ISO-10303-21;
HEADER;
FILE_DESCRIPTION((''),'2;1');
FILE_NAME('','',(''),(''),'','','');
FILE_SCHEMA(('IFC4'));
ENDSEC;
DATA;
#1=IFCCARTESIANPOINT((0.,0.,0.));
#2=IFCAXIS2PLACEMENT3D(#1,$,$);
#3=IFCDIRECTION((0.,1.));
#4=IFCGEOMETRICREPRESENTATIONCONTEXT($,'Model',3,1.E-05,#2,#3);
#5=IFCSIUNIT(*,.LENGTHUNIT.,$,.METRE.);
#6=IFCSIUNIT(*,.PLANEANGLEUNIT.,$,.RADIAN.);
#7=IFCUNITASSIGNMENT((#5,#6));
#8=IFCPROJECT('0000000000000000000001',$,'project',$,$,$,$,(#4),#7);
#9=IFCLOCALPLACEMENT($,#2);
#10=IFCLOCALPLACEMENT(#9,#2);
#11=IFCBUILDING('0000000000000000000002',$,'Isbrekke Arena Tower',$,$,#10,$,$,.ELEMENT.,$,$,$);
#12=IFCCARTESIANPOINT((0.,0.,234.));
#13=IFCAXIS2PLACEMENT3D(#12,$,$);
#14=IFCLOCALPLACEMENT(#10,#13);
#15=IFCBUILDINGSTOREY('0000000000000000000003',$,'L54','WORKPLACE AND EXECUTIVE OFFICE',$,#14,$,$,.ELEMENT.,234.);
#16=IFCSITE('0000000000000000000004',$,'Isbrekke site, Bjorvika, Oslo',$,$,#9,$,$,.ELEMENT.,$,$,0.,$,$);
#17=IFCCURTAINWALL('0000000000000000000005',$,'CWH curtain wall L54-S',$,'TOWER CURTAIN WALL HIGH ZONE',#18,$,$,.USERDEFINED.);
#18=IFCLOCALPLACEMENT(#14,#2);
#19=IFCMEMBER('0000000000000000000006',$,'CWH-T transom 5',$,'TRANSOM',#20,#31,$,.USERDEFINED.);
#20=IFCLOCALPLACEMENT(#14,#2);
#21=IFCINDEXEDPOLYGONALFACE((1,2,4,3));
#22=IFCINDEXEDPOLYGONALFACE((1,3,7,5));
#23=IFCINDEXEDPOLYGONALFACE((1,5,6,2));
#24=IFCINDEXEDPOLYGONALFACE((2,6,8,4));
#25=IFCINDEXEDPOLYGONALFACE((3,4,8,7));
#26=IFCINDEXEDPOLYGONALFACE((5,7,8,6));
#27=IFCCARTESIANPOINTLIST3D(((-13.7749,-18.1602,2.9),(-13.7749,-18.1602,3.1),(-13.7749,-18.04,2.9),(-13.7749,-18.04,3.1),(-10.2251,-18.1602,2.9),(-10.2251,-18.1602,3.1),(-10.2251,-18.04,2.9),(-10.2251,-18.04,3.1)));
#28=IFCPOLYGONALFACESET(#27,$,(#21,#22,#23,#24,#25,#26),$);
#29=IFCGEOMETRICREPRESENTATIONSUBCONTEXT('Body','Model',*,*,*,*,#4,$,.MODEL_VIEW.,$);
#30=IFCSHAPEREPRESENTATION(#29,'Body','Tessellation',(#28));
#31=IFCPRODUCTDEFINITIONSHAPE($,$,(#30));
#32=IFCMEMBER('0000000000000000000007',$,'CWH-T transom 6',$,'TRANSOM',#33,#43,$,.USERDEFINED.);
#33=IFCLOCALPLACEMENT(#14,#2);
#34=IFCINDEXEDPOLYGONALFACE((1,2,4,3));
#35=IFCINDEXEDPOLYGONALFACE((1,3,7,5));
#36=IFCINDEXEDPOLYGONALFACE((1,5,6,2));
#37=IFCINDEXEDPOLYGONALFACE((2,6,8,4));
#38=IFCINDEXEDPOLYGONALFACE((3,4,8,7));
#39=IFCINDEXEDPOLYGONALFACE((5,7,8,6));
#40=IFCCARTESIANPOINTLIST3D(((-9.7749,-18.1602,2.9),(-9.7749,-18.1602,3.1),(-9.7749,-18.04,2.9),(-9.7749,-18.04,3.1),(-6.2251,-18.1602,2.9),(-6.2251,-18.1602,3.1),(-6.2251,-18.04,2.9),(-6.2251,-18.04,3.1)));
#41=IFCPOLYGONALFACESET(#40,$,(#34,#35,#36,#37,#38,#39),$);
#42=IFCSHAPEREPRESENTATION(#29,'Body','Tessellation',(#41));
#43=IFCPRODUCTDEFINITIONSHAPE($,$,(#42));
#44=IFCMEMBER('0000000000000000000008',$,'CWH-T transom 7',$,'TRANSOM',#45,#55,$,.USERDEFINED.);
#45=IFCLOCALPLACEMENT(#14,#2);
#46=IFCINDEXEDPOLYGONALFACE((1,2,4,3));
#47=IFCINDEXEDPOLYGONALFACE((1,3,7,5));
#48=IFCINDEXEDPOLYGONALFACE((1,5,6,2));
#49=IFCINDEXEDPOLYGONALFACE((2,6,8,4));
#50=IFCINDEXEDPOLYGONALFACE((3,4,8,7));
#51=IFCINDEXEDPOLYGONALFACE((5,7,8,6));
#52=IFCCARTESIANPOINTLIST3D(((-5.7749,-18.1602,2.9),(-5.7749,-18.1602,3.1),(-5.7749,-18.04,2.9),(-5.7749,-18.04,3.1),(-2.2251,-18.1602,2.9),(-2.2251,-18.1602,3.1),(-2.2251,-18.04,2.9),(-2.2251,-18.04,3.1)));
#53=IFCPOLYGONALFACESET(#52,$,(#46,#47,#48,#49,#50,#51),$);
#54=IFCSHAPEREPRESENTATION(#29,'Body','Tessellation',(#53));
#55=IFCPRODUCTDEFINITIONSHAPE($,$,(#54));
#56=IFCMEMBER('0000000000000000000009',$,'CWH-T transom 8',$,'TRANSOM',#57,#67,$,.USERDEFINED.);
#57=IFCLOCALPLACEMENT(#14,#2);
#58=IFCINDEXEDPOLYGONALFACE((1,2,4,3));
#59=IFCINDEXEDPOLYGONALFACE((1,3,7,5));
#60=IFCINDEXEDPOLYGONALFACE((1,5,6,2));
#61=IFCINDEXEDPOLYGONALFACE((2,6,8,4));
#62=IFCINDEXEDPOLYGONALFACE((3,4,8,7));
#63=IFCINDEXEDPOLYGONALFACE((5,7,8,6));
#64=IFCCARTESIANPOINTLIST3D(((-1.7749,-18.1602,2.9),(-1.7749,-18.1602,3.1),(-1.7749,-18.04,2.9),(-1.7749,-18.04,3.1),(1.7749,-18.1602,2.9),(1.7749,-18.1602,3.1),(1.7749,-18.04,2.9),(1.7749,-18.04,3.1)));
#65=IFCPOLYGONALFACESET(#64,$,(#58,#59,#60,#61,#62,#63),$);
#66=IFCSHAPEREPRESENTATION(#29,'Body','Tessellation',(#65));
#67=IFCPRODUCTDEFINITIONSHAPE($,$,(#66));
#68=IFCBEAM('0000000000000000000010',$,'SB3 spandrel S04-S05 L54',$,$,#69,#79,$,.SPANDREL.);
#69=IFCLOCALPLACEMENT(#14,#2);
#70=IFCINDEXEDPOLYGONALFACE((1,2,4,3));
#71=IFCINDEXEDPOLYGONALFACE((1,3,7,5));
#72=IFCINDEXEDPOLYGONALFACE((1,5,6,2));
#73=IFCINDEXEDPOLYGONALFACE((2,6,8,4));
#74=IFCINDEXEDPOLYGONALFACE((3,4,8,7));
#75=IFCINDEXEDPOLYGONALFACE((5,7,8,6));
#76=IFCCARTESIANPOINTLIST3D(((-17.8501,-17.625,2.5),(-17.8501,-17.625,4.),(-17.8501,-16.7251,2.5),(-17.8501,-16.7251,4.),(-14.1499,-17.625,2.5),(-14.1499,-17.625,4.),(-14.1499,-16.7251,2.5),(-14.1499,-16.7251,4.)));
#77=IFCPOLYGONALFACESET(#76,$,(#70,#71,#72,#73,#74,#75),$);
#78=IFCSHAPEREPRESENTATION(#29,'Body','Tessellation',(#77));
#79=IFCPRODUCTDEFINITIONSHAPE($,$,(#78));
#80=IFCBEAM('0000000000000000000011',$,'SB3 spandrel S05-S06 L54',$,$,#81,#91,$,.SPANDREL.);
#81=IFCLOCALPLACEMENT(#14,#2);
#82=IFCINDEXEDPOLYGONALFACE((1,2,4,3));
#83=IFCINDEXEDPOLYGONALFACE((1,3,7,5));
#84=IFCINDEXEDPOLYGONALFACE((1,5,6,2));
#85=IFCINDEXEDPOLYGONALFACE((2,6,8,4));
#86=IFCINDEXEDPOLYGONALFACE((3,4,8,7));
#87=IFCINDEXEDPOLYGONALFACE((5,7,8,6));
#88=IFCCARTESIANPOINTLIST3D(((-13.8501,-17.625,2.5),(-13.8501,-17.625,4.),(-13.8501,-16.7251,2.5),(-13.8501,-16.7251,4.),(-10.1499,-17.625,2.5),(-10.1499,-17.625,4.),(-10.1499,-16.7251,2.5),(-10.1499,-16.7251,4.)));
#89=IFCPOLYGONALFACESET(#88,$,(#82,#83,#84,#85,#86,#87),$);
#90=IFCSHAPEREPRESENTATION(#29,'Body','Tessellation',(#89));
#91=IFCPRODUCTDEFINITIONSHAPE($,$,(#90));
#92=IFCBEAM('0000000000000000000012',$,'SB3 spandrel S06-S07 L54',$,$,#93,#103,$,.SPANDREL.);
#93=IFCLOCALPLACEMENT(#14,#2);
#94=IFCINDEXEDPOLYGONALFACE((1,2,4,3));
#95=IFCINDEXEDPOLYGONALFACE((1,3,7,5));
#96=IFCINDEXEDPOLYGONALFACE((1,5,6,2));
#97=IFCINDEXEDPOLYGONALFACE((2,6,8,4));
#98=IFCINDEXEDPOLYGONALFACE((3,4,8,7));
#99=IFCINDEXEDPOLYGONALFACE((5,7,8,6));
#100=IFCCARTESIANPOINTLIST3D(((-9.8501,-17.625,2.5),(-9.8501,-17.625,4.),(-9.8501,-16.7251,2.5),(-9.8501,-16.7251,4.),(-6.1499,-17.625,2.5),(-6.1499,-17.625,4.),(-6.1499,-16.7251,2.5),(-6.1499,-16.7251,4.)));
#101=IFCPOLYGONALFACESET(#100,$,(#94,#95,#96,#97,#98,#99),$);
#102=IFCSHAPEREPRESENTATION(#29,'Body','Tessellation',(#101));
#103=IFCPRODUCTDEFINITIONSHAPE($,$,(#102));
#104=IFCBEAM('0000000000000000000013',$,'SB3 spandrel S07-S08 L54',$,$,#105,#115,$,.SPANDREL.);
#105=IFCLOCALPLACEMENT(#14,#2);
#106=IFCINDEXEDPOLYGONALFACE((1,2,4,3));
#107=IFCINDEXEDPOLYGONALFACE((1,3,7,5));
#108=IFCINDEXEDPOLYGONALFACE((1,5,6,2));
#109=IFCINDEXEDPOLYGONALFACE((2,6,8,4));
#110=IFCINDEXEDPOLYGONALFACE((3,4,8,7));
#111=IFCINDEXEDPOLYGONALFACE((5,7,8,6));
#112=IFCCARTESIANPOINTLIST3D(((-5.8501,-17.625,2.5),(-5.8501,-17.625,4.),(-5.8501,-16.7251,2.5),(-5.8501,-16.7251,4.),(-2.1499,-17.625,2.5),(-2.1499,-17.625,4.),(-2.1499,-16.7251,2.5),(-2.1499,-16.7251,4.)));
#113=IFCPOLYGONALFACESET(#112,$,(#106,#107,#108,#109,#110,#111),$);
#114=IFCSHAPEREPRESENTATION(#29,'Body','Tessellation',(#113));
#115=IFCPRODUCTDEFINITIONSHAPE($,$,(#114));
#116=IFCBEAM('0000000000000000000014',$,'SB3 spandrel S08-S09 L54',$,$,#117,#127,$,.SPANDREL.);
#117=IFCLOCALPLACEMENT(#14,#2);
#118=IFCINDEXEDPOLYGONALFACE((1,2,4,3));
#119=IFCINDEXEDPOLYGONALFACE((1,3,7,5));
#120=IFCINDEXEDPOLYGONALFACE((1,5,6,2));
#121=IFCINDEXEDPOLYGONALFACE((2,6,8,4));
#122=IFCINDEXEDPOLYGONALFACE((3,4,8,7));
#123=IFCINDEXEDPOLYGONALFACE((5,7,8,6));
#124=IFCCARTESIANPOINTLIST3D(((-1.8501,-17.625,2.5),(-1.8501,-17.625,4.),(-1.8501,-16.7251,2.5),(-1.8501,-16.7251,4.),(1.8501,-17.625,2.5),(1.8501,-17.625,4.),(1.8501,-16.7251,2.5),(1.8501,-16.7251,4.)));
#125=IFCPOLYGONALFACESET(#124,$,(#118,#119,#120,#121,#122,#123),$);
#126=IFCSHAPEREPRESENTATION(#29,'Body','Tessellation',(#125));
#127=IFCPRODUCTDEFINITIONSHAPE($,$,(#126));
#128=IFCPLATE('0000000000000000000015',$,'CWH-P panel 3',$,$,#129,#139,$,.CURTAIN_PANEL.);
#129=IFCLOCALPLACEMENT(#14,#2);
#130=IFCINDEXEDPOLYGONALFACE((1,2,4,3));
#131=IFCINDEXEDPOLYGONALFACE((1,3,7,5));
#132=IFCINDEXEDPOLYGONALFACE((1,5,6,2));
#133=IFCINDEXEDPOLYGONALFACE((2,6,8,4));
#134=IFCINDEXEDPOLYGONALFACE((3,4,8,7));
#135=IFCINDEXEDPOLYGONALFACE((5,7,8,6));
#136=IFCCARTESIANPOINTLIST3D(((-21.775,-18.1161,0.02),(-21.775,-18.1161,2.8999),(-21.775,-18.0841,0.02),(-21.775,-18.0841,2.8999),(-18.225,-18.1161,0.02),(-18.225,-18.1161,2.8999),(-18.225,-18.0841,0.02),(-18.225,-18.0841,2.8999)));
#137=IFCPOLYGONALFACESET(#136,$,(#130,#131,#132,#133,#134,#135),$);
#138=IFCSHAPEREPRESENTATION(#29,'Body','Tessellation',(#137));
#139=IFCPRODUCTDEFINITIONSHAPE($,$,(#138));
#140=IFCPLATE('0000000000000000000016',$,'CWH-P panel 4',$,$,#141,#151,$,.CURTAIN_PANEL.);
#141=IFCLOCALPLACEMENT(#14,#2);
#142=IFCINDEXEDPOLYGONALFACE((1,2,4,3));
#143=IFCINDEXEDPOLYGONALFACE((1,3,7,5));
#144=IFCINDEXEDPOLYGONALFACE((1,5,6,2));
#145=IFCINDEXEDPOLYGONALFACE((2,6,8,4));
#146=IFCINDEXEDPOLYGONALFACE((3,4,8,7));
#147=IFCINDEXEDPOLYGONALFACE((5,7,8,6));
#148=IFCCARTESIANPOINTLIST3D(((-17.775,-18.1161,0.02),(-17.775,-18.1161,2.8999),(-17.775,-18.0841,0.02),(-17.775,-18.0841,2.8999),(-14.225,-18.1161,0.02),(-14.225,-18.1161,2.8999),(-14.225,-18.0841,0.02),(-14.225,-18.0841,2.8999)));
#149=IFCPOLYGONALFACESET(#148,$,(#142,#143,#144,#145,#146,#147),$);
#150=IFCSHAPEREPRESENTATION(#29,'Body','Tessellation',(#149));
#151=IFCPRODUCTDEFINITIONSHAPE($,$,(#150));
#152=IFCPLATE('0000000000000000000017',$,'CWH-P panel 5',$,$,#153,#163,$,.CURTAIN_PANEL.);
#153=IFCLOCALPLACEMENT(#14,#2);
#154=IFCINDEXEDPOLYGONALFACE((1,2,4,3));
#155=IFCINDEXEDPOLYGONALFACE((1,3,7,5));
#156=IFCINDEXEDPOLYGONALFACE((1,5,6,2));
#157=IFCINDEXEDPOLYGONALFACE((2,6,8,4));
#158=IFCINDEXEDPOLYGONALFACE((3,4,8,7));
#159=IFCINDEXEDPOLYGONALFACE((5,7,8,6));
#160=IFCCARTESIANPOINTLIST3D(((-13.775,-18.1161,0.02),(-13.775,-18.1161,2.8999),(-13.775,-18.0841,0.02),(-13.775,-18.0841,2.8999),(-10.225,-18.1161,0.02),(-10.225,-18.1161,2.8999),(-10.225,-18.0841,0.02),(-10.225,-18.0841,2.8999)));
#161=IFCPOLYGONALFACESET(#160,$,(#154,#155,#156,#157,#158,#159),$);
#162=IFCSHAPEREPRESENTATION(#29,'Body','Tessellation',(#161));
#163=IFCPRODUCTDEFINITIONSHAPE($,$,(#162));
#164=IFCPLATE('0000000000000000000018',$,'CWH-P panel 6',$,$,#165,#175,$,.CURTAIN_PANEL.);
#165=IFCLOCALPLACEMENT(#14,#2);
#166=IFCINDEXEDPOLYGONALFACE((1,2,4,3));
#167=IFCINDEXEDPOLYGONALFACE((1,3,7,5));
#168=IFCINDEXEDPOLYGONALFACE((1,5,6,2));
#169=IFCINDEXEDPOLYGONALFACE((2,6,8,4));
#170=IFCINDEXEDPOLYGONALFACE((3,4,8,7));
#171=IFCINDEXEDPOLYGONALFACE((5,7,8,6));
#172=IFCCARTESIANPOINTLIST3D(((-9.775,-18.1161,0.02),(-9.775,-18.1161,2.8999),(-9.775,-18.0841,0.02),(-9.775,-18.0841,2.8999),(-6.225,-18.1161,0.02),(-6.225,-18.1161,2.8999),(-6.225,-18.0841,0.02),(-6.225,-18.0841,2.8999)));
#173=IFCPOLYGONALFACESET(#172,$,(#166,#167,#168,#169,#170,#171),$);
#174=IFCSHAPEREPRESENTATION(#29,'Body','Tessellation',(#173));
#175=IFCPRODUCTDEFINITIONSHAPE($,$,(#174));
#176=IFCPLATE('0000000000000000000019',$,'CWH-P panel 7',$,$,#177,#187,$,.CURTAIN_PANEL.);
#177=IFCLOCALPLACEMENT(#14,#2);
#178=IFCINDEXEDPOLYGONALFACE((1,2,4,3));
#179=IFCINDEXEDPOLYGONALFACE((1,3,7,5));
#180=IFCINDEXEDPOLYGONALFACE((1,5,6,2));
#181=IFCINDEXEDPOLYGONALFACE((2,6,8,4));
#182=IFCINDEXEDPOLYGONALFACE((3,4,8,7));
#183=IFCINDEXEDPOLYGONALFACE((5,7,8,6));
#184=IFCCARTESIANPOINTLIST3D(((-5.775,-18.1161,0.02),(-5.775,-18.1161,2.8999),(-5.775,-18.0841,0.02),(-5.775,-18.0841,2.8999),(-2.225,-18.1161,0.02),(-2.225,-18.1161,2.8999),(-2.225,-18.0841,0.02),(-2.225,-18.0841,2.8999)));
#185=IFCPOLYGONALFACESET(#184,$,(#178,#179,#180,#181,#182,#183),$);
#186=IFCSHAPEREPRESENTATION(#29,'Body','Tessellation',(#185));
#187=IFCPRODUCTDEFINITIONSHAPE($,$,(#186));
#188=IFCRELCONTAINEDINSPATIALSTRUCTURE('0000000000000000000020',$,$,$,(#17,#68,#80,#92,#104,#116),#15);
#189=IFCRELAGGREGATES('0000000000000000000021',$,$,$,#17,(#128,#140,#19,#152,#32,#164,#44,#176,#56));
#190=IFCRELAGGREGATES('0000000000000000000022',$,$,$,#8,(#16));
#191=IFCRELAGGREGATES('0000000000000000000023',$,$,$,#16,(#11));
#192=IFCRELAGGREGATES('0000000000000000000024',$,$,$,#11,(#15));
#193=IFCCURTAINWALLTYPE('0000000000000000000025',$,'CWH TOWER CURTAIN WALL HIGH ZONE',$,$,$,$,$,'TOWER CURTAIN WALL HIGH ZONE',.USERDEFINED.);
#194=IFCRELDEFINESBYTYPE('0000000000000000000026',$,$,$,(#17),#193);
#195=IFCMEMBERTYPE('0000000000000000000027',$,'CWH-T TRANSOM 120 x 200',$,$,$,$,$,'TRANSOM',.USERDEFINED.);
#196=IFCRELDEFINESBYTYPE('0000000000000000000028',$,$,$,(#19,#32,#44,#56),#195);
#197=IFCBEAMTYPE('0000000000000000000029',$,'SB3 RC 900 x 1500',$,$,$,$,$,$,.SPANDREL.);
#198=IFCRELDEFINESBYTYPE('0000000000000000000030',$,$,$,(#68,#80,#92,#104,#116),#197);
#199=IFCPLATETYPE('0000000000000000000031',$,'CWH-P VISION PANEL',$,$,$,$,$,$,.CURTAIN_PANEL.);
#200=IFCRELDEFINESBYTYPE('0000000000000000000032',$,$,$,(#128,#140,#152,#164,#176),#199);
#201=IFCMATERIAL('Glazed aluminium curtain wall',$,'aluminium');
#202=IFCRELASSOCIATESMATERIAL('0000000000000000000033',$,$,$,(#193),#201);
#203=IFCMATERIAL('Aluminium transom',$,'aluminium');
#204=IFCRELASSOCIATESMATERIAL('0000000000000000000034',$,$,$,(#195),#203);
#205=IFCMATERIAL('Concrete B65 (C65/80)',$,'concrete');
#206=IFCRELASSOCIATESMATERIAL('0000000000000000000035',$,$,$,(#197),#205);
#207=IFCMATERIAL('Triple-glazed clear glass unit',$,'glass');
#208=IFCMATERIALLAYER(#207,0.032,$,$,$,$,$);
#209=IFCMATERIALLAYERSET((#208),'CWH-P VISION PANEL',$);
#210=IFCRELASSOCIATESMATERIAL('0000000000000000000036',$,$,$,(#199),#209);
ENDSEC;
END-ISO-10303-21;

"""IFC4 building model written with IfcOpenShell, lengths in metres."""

from ifc_helpers import new_model, si_unit, direction, frame, origin, origin_2d, place, context, subcontext, project, spatial, rectangle, extrude, material, layer, layer_set, material_profile, profile_set, type_object, element, aggregate, save


model = new_model("IFC4")

# Units and contexts
model_context = context("Model", 3, precision=1e-05, world=origin(), true_north=direction((0.0, 1.0)))
body_context = subcontext(model_context, "Body", "Model", "MODEL_VIEW")
ifc_project = project(units=[si_unit("LENGTHUNIT", "METRE"), si_unit("PLANEANGLEUNIT", "RADIAN")], contexts=[model_context])

# Site, building, storey
site_placement = place(None, origin())
site = spatial("IfcSite", under=ifc_project, at=site_placement, Name="Isbrekke site, Bjorvika, Oslo", CompositionType="ELEMENT", RefElevation=0.0)
building_placement = place(site_placement, origin())
building = spatial("IfcBuilding", under=site, at=building_placement, Name="Isbrekke Arena Tower", CompositionType="ELEMENT")
storey_placement = place(building_placement, frame((0.0, 0.0, 234.0)))
storey = spatial("IfcBuildingStorey", under=building, at=storey_placement, Name="L54", Description="WORKPLACE AND EXECUTIVE OFFICE", CompositionType="ELEMENT", Elevation=234.0)

# Curtain wall, members
ifc_material_1 = material(Name="Glazed aluminium curtain wall", Category="aluminium")
curtain_wall_type = type_object("IfcCurtainWallType", Name="CWH TOWER CURTAIN WALL HIGH ZONE", ElementType="TOWER CURTAIN WALL HIGH ZONE", PredefinedType="USERDEFINED", material=ifc_material_1)
curtain_wall_placement = place(storey_placement, origin())
curtain_wall = element("IfcCurtainWall", 1, at=curtain_wall_placement, inside=storey, type_object=curtain_wall_type, Name="CWH curtain wall L54-S", ObjectType="TOWER CURTAIN WALL HIGH ZONE", PredefinedType="USERDEFINED")
ifc_material_2 = material(Name="Aluminium transom", Category="aluminium")
ifc_material_profile_1 = material_profile(ifc_material_2, rectangle(XDim=0.1201, YDim=0.2, at=origin_2d()), Name="TRANSOM 120X200")
ifc_profile_set_1 = profile_set([ifc_material_profile_1], Name="Aluminium transom")
member_type_1 = type_object("IfcMemberType", Name="CWH-T TRANSOM 120 x 200", ElementType="TRANSOM", PredefinedType="USERDEFINED", material=ifc_profile_set_1)
member_1_placement = place(storey_placement, frame((-13.7749, -18.1001, 3.0), z_axis=(1.0, 0.0, 0.0), x_axis=(0.0, 1.0, 0.0)))
member_1 = element("IfcMember", 2, at=member_1_placement, type_object=member_type_1, Name="CWH-T transom 5", ObjectType="TRANSOM", PredefinedType="USERDEFINED", context=body_context, shape_type="SweptSolid", body=[
    extrude(rectangle(XDim=0.1201, YDim=0.2, at=origin_2d()), origin(), (0.0, 0.0, 1.0), 3.5498),
])
member_2_placement = place(storey_placement, frame((-9.7749, -18.1001, 3.0), z_axis=(1.0, 0.0, 0.0), x_axis=(0.0, 1.0, 0.0)))
member_2 = element("IfcMember", 3, at=member_2_placement, type_object=member_type_1, Name="CWH-T transom 6", ObjectType="TRANSOM", PredefinedType="USERDEFINED", context=body_context, shape_type="SweptSolid", body=[
    extrude(rectangle(XDim=0.1201, YDim=0.2, at=origin_2d()), origin(), (0.0, 0.0, 1.0), 3.5498),
])
member_3_placement = place(storey_placement, frame((-5.7749, -18.1001, 3.0), z_axis=(1.0, 0.0, 0.0), x_axis=(0.0, 1.0, 0.0)))
member_3 = element("IfcMember", 4, at=member_3_placement, type_object=member_type_1, Name="CWH-T transom 7", ObjectType="TRANSOM", PredefinedType="USERDEFINED", context=body_context, shape_type="SweptSolid", body=[
    extrude(rectangle(XDim=0.1201, YDim=0.2, at=origin_2d()), origin(), (0.0, 0.0, 1.0), 3.5498),
])
member_4_placement = place(storey_placement, frame((-1.7749, -18.1001, 3.0), z_axis=(1.0, 0.0, 0.0), x_axis=(0.0, 1.0, 0.0)))
member_4 = element("IfcMember", 5, at=member_4_placement, type_object=member_type_1, Name="CWH-T transom 8", ObjectType="TRANSOM", PredefinedType="USERDEFINED", context=body_context, shape_type="SweptSolid", body=[
    extrude(rectangle(XDim=0.1201, YDim=0.2, at=origin_2d()), origin(), (0.0, 0.0, 1.0), 3.5498),
])

# Beams
ifc_material_3 = material(Name="Concrete B65 (C65/80)", Category="concrete")
ifc_material_profile_2 = material_profile(ifc_material_3, rectangle(XDim=0.8999, YDim=1.5, at=origin_2d()), Name="RC 900x1500")
ifc_profile_set_2 = profile_set([ifc_material_profile_2], Name="Concrete B65 (C65/80)")
beam_type_1 = type_object("IfcBeamType", Name="SB3 RC 900 x 1500", PredefinedType="SPANDREL", material=ifc_profile_set_2)
for number, where, z_axis, x_axis, name in (
    (6, (-17.8501, -17.175, 3.25), (1.0, 0.0, 0.0), (0.0, 1.0, 0.0), "SB3 spandrel S04-S05 L54"),
    (7, (-13.8501, -17.175, 3.25), (1.0, 0.0, 0.0), (0.0, 1.0, 0.0), "SB3 spandrel S05-S06 L54"),
    (8, (-9.8501, -17.175, 3.25), (1.0, 0.0, 0.0), (0.0, 1.0, 0.0), "SB3 spandrel S06-S07 L54"),
    (9, (-5.8501, -17.175, 3.25), (1.0, 0.0, 0.0), (0.0, 1.0, 0.0), "SB3 spandrel S07-S08 L54"),
    (10, (-1.8501, -17.175, 3.25), (1.0, 0.0, 0.0), (0.0, 1.0, 0.0), "SB3 spandrel S08-S09 L54"),
):
    element("IfcBeam", number, at=place(storey_placement, frame(where, z_axis=z_axis, x_axis=x_axis)), inside=storey, type_object=beam_type_1, Name=name, PredefinedType="SPANDREL", context=body_context, shape_type="SweptSolid", body=[
        extrude(rectangle(XDim=0.8999, YDim=1.5, at=origin_2d()), origin(), (0.0, 0.0, 1.0), 3.7002),
    ])

# Plates
ifc_material_4 = material(Name="Triple-glazed clear glass unit", Category="glass")
ifc_layer = layer(ifc_material_4, 0.032)
ifc_layer_set = layer_set([ifc_layer], Name="CWH-P VISION PANEL")
plate_type = type_object("IfcPlateType", Name="CWH-P VISION PANEL", PredefinedType="CURTAIN_PANEL", material=ifc_layer_set)
plate_1_placement = place(storey_placement, frame((-20.0, -18.1001, 0.02), z_axis=(0.0, 0.0, 1.0), x_axis=(1.0, 0.0, 0.0)))
plate_1 = element("IfcPlate", 11, at=plate_1_placement, type_object=plate_type, Name="CWH-P panel 3", PredefinedType="CURTAIN_PANEL", context=body_context, shape_type="SweptSolid", body=[
    extrude(rectangle(XDim=3.55, YDim=0.032, at=origin_2d()), origin(), (0.0, 0.0, 1.0), 2.8799),
])
plate_2_placement = place(storey_placement, frame((-16.0, -18.1001, 0.02), z_axis=(0.0, 0.0, 1.0), x_axis=(1.0, 0.0, 0.0)))
plate_2 = element("IfcPlate", 12, at=plate_2_placement, type_object=plate_type, Name="CWH-P panel 4", PredefinedType="CURTAIN_PANEL", context=body_context, shape_type="SweptSolid", body=[
    extrude(rectangle(XDim=3.55, YDim=0.032, at=origin_2d()), origin(), (0.0, 0.0, 1.0), 2.8799),
])
plate_3_placement = place(storey_placement, frame((-12.0, -18.1001, 0.02), z_axis=(0.0, 0.0, 1.0), x_axis=(1.0, 0.0, 0.0)))
plate_3 = element("IfcPlate", 13, at=plate_3_placement, type_object=plate_type, Name="CWH-P panel 5", PredefinedType="CURTAIN_PANEL", context=body_context, shape_type="SweptSolid", body=[
    extrude(rectangle(XDim=3.55, YDim=0.032, at=origin_2d()), origin(), (0.0, 0.0, 1.0), 2.8799),
])
plate_4_placement = place(storey_placement, frame((-8.0, -18.1001, 0.02), z_axis=(0.0, 0.0, 1.0), x_axis=(1.0, 0.0, 0.0)))
plate_4 = element("IfcPlate", 14, at=plate_4_placement, type_object=plate_type, Name="CWH-P panel 6", PredefinedType="CURTAIN_PANEL", context=body_context, shape_type="SweptSolid", body=[
    extrude(rectangle(XDim=3.55, YDim=0.032, at=origin_2d()), origin(), (0.0, 0.0, 1.0), 2.8799),
])
plate_5_placement = place(storey_placement, frame((-4.0, -18.1001, 0.02), z_axis=(0.0, 0.0, 1.0), x_axis=(1.0, 0.0, 0.0)))
plate_5 = element("IfcPlate", 15, at=plate_5_placement, type_object=plate_type, Name="CWH-P panel 7", PredefinedType="CURTAIN_PANEL", context=body_context, shape_type="SweptSolid", body=[
    extrude(rectangle(XDim=3.55, YDim=0.032, at=origin_2d()), origin(), (0.0, 0.0, 1.0), 2.8799),
])
aggregate(curtain_wall, [plate_1, plate_2, member_1, plate_3, member_2, plate_4, member_3, plate_5, member_4])

save(model, "model.ifc")
